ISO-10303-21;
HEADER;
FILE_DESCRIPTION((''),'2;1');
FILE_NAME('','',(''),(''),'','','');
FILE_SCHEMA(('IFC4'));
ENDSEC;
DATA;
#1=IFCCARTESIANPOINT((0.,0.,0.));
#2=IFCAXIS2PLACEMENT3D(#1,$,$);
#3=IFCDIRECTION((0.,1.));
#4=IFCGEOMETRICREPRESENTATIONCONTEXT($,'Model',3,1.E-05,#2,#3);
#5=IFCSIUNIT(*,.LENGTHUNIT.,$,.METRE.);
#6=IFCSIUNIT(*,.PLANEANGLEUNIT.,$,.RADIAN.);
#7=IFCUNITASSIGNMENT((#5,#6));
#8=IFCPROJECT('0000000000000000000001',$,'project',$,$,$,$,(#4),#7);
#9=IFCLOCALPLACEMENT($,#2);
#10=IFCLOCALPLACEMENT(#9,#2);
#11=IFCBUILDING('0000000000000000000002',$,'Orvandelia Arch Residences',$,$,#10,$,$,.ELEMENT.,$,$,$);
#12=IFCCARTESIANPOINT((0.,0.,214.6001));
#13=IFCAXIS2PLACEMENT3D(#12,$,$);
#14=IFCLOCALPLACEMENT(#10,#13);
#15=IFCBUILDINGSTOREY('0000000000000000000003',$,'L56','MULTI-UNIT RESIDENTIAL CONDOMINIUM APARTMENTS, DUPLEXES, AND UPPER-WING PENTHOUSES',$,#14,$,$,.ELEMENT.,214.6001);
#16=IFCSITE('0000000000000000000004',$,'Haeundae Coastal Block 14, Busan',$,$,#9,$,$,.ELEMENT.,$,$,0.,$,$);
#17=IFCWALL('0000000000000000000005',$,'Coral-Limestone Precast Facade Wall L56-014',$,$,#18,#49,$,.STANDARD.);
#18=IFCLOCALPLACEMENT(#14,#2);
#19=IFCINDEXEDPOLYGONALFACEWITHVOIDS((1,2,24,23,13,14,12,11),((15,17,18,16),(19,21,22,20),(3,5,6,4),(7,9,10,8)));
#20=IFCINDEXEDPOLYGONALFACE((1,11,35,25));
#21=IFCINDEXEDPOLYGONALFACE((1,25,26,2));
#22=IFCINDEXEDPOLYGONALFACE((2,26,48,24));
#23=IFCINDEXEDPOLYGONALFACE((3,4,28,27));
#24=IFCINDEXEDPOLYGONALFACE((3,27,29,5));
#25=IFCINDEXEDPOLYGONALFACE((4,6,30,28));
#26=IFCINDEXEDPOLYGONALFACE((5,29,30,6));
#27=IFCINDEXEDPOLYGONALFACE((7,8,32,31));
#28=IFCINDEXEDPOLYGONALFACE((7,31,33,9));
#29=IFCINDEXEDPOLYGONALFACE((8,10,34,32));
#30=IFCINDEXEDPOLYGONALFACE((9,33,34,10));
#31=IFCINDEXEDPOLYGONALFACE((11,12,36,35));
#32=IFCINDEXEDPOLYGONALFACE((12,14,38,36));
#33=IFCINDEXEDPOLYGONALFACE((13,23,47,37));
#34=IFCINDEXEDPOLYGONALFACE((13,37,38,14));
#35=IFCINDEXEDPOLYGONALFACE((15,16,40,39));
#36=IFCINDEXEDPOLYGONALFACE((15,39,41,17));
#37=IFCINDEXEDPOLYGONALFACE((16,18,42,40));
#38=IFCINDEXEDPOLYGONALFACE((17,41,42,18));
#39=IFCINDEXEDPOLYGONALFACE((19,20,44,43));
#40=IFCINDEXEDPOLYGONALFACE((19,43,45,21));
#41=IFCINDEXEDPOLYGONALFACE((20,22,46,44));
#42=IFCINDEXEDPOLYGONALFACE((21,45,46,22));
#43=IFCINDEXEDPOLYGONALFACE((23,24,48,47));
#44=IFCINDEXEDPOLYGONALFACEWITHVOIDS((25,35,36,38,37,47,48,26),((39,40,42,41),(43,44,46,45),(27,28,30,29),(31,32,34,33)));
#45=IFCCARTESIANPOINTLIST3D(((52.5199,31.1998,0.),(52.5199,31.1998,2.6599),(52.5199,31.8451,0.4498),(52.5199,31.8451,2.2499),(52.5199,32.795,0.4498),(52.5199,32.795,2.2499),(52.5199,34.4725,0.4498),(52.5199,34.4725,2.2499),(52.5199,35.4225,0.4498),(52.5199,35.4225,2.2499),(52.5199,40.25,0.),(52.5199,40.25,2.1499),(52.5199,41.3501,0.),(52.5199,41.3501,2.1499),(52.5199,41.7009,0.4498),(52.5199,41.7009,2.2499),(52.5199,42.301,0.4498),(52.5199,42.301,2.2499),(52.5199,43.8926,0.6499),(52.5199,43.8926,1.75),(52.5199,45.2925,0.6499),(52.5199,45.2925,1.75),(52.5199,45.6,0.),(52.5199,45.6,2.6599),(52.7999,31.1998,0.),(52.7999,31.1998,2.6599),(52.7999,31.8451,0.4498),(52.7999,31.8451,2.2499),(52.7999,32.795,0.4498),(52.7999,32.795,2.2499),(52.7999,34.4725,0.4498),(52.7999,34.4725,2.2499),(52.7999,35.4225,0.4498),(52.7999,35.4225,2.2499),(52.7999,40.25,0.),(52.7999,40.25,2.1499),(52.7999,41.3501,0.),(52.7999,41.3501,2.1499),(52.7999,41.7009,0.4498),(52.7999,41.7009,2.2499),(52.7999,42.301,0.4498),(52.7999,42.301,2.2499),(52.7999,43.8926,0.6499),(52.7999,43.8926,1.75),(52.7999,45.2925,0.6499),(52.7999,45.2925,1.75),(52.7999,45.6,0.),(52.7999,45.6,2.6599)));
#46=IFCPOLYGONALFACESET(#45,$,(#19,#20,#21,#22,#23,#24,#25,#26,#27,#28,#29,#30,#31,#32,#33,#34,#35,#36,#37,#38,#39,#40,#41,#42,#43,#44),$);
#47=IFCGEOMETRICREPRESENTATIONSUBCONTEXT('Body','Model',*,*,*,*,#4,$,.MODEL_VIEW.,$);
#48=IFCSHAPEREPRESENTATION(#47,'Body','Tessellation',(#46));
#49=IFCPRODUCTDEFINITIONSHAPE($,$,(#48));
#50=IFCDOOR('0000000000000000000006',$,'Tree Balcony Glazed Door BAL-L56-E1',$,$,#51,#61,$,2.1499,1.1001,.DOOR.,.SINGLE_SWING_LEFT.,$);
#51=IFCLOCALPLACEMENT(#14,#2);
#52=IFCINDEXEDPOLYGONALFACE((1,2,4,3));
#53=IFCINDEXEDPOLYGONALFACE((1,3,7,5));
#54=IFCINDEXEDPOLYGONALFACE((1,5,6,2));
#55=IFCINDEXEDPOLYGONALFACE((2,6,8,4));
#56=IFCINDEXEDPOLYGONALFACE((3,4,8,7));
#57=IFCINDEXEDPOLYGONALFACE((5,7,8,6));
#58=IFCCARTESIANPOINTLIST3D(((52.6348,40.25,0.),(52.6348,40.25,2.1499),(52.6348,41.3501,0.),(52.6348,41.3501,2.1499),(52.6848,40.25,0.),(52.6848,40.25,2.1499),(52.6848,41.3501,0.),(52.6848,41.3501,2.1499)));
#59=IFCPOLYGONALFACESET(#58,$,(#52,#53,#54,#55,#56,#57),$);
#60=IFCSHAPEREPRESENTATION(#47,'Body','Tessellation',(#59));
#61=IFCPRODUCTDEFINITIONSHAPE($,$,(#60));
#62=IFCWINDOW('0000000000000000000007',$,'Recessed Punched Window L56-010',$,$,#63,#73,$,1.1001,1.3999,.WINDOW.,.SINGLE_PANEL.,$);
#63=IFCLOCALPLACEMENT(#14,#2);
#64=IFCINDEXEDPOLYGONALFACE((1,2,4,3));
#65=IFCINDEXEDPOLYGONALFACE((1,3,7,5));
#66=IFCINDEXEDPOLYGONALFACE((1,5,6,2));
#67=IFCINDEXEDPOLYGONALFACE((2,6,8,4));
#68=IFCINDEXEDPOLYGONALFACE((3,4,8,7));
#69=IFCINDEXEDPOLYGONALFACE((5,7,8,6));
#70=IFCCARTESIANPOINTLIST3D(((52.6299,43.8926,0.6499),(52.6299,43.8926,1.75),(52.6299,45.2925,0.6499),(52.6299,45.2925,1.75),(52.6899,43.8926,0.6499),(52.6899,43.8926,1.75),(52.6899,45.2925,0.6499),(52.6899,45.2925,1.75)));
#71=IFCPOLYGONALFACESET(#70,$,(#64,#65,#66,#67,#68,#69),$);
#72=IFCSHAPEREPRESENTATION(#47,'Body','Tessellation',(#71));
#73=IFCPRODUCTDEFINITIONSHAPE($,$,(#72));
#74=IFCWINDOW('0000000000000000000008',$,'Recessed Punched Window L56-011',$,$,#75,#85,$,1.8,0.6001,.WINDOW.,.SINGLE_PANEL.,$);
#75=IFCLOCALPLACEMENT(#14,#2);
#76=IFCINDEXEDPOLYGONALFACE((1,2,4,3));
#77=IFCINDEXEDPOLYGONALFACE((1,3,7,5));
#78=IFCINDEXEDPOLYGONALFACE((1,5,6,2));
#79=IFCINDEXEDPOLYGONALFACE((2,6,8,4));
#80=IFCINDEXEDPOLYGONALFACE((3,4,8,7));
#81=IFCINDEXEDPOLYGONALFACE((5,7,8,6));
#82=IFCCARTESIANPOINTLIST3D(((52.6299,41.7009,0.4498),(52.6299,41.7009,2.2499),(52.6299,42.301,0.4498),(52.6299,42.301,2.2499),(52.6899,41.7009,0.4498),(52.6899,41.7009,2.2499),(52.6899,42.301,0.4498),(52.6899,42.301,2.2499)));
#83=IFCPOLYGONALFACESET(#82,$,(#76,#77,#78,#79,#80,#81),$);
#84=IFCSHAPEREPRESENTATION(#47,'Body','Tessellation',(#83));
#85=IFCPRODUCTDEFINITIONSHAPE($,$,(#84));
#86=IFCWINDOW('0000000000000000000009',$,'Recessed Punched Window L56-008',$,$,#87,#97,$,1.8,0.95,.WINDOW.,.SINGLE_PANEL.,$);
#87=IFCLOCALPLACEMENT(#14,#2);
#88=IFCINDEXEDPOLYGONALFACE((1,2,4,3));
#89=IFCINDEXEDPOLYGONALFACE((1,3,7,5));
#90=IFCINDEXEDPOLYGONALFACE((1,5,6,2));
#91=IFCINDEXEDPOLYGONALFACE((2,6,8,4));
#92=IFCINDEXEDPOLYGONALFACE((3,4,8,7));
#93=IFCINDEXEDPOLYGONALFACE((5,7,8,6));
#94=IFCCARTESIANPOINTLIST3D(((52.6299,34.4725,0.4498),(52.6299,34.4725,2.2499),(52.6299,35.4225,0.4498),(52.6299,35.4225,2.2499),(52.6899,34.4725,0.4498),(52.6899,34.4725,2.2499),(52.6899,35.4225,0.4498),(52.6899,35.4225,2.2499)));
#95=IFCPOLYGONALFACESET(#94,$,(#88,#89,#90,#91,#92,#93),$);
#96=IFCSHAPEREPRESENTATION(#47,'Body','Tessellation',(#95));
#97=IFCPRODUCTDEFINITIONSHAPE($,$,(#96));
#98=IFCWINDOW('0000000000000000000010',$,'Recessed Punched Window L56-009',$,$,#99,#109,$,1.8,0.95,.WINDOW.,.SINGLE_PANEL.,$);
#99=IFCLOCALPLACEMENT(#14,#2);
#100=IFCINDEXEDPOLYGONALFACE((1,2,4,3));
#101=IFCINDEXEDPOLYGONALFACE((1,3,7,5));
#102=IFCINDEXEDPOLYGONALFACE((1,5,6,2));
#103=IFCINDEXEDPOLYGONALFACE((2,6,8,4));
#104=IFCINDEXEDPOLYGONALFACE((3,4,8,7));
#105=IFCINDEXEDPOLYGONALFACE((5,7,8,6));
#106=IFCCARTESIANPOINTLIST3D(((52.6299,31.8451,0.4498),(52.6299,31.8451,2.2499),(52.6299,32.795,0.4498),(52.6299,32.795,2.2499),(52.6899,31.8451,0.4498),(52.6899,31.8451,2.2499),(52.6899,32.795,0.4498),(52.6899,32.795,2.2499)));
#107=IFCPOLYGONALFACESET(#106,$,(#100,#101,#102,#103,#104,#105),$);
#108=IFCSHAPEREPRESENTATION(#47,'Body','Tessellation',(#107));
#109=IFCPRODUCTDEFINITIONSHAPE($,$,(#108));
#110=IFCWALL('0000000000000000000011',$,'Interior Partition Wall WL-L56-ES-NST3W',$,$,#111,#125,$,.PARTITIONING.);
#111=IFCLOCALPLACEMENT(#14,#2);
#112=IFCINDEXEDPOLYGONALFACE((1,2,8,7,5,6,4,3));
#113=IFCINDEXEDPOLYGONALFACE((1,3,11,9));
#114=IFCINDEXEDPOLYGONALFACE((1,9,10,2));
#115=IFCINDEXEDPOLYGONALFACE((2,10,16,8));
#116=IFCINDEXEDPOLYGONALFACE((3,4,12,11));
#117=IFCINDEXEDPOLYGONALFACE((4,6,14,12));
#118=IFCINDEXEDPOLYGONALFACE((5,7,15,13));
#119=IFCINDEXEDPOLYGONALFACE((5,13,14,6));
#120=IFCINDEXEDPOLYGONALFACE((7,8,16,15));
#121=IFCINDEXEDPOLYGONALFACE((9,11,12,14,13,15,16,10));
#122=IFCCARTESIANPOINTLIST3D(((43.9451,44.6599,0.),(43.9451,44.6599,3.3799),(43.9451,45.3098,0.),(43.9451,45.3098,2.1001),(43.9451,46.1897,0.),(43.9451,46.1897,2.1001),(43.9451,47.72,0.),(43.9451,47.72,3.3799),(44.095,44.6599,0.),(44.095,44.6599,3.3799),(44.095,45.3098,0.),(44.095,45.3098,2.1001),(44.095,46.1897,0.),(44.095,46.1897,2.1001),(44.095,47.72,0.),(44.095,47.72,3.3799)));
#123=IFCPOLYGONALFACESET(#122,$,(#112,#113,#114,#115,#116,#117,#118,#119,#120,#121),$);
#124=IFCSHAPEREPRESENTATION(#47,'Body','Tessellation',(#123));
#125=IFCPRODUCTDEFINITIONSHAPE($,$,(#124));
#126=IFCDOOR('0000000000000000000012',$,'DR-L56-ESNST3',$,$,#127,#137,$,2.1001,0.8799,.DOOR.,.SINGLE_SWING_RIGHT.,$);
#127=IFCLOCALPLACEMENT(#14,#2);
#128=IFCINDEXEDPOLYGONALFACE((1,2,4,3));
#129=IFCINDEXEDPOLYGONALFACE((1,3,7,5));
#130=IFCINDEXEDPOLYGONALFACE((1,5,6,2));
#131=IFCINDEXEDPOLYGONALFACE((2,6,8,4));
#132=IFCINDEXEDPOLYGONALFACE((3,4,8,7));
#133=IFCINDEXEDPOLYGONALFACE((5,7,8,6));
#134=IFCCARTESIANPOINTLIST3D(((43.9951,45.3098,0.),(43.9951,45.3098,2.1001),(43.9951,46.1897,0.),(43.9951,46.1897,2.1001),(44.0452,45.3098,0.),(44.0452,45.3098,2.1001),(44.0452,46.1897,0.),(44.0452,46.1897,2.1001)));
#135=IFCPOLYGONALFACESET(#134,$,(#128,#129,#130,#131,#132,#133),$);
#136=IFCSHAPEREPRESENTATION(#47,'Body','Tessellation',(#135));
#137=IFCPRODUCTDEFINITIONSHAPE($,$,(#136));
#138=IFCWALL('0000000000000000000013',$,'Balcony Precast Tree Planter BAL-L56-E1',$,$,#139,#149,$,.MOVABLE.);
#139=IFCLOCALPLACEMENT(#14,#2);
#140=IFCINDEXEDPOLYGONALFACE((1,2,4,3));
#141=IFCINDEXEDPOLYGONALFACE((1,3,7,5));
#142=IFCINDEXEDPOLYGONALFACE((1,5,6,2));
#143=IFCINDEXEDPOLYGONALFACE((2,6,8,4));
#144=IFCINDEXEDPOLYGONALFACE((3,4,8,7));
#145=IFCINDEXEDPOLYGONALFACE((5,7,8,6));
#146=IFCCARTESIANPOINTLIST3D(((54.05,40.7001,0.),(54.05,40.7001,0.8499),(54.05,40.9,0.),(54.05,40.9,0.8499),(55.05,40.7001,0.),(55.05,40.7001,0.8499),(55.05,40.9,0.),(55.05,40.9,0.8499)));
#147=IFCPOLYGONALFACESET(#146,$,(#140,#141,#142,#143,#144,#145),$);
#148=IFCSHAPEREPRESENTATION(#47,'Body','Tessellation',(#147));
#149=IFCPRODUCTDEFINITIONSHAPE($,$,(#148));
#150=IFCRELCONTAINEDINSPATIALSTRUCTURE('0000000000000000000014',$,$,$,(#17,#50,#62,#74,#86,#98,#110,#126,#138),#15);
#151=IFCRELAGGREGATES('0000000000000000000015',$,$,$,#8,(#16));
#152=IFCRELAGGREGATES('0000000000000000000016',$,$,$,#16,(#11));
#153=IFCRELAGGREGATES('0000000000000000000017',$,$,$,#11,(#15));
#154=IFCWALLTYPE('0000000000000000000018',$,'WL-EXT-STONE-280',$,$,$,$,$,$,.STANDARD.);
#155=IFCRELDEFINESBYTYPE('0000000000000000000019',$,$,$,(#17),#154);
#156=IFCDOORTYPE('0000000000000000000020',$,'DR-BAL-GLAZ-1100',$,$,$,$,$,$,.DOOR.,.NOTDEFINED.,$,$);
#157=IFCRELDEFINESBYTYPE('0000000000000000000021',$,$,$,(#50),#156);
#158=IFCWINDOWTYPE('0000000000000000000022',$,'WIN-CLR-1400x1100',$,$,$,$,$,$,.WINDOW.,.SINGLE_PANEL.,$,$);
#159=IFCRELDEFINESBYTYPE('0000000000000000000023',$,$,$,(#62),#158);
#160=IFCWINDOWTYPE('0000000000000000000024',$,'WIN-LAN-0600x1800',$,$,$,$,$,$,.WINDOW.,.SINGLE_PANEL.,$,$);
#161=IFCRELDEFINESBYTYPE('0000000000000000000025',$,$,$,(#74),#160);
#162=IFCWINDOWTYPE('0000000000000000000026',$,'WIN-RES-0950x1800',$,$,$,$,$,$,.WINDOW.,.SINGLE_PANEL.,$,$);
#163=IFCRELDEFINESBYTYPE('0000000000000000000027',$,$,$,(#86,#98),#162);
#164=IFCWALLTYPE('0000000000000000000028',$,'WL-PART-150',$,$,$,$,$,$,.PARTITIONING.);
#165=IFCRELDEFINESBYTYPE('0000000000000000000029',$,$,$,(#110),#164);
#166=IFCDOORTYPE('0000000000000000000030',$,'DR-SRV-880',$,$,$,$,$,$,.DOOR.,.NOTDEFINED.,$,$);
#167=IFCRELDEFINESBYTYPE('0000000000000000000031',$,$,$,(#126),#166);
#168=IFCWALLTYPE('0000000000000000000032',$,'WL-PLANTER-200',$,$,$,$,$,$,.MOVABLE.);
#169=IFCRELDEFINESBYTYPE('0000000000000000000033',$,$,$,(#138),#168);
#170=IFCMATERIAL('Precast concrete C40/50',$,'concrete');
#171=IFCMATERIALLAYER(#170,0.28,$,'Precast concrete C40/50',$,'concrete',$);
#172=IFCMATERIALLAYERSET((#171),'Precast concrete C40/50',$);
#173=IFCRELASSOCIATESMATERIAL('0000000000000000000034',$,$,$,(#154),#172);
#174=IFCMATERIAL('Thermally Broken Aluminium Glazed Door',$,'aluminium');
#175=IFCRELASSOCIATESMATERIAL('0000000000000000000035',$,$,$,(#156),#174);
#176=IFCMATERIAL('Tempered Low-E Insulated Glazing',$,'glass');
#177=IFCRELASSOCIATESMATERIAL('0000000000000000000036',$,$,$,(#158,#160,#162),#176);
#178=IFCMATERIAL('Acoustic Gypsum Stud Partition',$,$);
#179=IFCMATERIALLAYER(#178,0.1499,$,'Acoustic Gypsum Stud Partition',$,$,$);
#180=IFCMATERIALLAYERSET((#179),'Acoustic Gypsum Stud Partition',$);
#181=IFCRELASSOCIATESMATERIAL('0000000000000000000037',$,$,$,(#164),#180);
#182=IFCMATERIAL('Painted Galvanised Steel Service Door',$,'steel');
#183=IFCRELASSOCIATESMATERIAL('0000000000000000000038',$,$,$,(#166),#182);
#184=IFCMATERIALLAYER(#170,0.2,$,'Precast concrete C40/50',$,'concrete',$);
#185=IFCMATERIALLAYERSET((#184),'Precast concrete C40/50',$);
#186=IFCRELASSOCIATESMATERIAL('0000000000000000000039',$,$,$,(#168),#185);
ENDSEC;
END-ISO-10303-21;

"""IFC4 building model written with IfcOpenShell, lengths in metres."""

from ifc_helpers import new_model, si_unit, direction, frame, frame_2d, origin, place, context, subcontext, project, spatial, rectangle, extrude, material, layer, layer_set, type_object, element, fill, save


model = new_model("IFC4")

# Units and contexts
model_context = context("Model", 3, precision=1e-05, world=origin(), true_north=direction((0.0, 1.0)))
body_context = subcontext(model_context, "Body", "Model", "MODEL_VIEW")
ifc_project = project(units=[si_unit("LENGTHUNIT", "METRE"), si_unit("PLANEANGLEUNIT", "RADIAN")], contexts=[model_context])

# Site, building, storey
site_placement = place(None, origin())
site = spatial("IfcSite", under=ifc_project, at=site_placement, Name="Haeundae Coastal Block 14, Busan", CompositionType="ELEMENT", RefElevation=0.0)
building_placement = place(site_placement, origin())
building = spatial("IfcBuilding", under=site, at=building_placement, Name="Orvandelia Arch Residences", CompositionType="ELEMENT")
storey_placement = place(building_placement, frame((0.0, 0.0, 214.6001)))
storey = spatial("IfcBuildingStorey", under=building, at=storey_placement, Name="L56", Description="MULTI-UNIT RESIDENTIAL CONDOMINIUM APARTMENTS, DUPLEXES, AND UPPER-WING PENTHOUSES", CompositionType="ELEMENT", Elevation=214.6001)

# Shared definitions
ifc_material_1 = material(Name="Precast concrete C40/50", Category="concrete")
ifc_layer_1 = layer(ifc_material_1, 0.28, Name="Precast concrete C40/50", Category="concrete")
ifc_layer_set_1 = layer_set([ifc_layer_1], Name="Precast concrete C40/50")
wall_type_1 = type_object("IfcWallType", Name="WL-EXT-STONE-280", PredefinedType="STANDARD", material=ifc_layer_set_1)

# Wall, openings, door, windows
wall_1_placement = place(storey_placement, frame((52.6599, 45.6001, 0.0), z_axis=(0.0, 0.0, 1.0), x_axis=(0.0, -1.0, 0.0)))
wall_1 = element("IfcWall", 1, at=wall_1_placement, inside=storey, type_object=wall_type_1, Name="Coral-Limestone Precast Facade Wall L56-014", PredefinedType="STANDARD", context=body_context, shape_type="SweptSolid", body=[
    extrude(rectangle(XDim=14.4001, YDim=0.28, at=frame_2d((7.2002, 0.0))), origin(), (0.0, 0.0, 1.0), 2.6599),
])
opening_1_placement = place(wall_1_placement, frame((4.25, 0.0, 0.0)))
opening_1 = element("IfcOpeningElement", 2, at=opening_1_placement, cuts=wall_1, PredefinedType="OPENING", context=body_context, shape_type="SweptSolid", body=[
    extrude(rectangle(XDim=1.1001, YDim=2.1499, at=frame_2d((0.55, 1.075))), frame((0.0, 0.1499, 0.0), z_axis=(0.0, -1.0, 0.0), x_axis=(1.0, 0.0, 0.0)), (0.0, 0.0, 1.0), 0.3),
])
opening_2_placement = place(wall_1_placement, frame((10.1775, 0.0, 0.45)))
opening_2 = element("IfcOpeningElement", 3, at=opening_2_placement, cuts=wall_1, PredefinedType="OPENING", context=body_context, shape_type="SweptSolid", body=[
    extrude(rectangle(XDim=0.95, YDim=1.8, at=frame_2d((0.4751, 0.8999))), frame((0.0, 0.1499, 0.0), z_axis=(0.0, -1.0, 0.0), x_axis=(1.0, 0.0, 0.0)), (0.0, 0.0, 1.0), 0.3),
])
opening_3_placement = place(wall_1_placement, frame((12.8049, 0.0, 0.45)))
opening_3 = element("IfcOpeningElement", 4, at=opening_3_placement, cuts=wall_1, PredefinedType="OPENING", context=body_context, shape_type="SweptSolid", body=[
    extrude(rectangle(XDim=0.95, YDim=1.8, at=frame_2d((0.4751, 0.8999))), frame((0.0, 0.1499, 0.0), z_axis=(0.0, -1.0, 0.0), x_axis=(1.0, 0.0, 0.0)), (0.0, 0.0, 1.0), 0.3),
])
opening_4_placement = place(wall_1_placement, frame((0.3076, 0.0, 0.6499)))
opening_4 = element("IfcOpeningElement", 5, at=opening_4_placement, cuts=wall_1, PredefinedType="OPENING", context=body_context, shape_type="SweptSolid", body=[
    extrude(rectangle(XDim=1.3999, YDim=1.1001, at=frame_2d((0.7, 0.55))), frame((0.0, 0.1499, 0.0), z_axis=(0.0, -1.0, 0.0), x_axis=(1.0, 0.0, 0.0)), (0.0, 0.0, 1.0), 0.3),
])
opening_5_placement = place(wall_1_placement, frame((3.2991, 0.0, 0.45)))
opening_5 = element("IfcOpeningElement", 6, at=opening_5_placement, cuts=wall_1, PredefinedType="OPENING", context=body_context, shape_type="SweptSolid", body=[
    extrude(rectangle(XDim=0.6001, YDim=1.8, at=frame_2d((0.3, 0.8999))), frame((0.0, 0.1499, 0.0), z_axis=(0.0, -1.0, 0.0), x_axis=(1.0, 0.0, 0.0)), (0.0, 0.0, 1.0), 0.3),
])
ifc_material_2 = material(Name="Thermally Broken Aluminium Glazed Door", Category="aluminium")
door_type_1 = type_object("IfcDoorType", Name="DR-BAL-GLAZ-1100", OperationType="NOTDEFINED", PredefinedType="DOOR", material=ifc_material_2)
door_1_placement = place(opening_1_placement, origin())
door_1 = element("IfcDoor", 7, at=door_1_placement, inside=storey, type_object=door_type_1, Name="Tree Balcony Glazed Door BAL-L56-E1", OperationType="SINGLE_SWING_LEFT", OverallHeight=2.1499, OverallWidth=1.1001, PredefinedType="DOOR", context=body_context, shape_type="SweptSolid", body=[
    extrude(rectangle(XDim=1.1001, YDim=2.1499, at=frame_2d((0.55, 1.075))), frame((0.0, 0.0249, 0.0), z_axis=(0.0, -1.0, 0.0), x_axis=(1.0, 0.0, 0.0)), (0.0, 0.0, 1.0), 0.05),
])
fill(opening_1, door_1)
ifc_material_3 = material(Name="Tempered Low-E Insulated Glazing", Category="glass")
window_type_1 = type_object("IfcWindowType", Name="WIN-CLR-1400x1100", PartitioningType="SINGLE_PANEL", PredefinedType="WINDOW", material=ifc_material_3)
window_1_placement = place(opening_4_placement, origin())
window_1 = element("IfcWindow", 8, at=window_1_placement, inside=storey, type_object=window_type_1, Name="Recessed Punched Window L56-010", OverallHeight=1.1001, OverallWidth=1.3999, PartitioningType="SINGLE_PANEL", PredefinedType="WINDOW", context=body_context, shape_type="SweptSolid", body=[
    extrude(rectangle(XDim=1.3999, YDim=1.1001, at=frame_2d((0.7, 0.55))), frame((0.0, 0.03, 0.0), z_axis=(0.0, -1.0, 0.0), x_axis=(1.0, 0.0, 0.0)), (0.0, 0.0, 1.0), 0.0601),
])
fill(opening_4, window_1)
window_type_2 = type_object("IfcWindowType", Name="WIN-LAN-0600x1800", PartitioningType="SINGLE_PANEL", PredefinedType="WINDOW", material=ifc_material_3)
window_2_placement = place(opening_5_placement, origin())
window_2 = element("IfcWindow", 9, at=window_2_placement, inside=storey, type_object=window_type_2, Name="Recessed Punched Window L56-011", OverallHeight=1.8, OverallWidth=0.6001, PartitioningType="SINGLE_PANEL", PredefinedType="WINDOW", context=body_context, shape_type="SweptSolid", body=[
    extrude(rectangle(XDim=0.6001, YDim=1.8, at=frame_2d((0.3, 0.8999))), frame((0.0, 0.03, 0.0), z_axis=(0.0, -1.0, 0.0), x_axis=(1.0, 0.0, 0.0)), (0.0, 0.0, 1.0), 0.0601),
])
fill(opening_5, window_2)
window_type_3 = type_object("IfcWindowType", Name="WIN-RES-0950x1800", PartitioningType="SINGLE_PANEL", PredefinedType="WINDOW", material=ifc_material_3)
window_3_placement = place(opening_2_placement, origin())
window_3 = element("IfcWindow", 10, at=window_3_placement, inside=storey, type_object=window_type_3, Name="Recessed Punched Window L56-008", OverallHeight=1.8, OverallWidth=0.95, PartitioningType="SINGLE_PANEL", PredefinedType="WINDOW", context=body_context, shape_type="SweptSolid", body=[
    extrude(rectangle(XDim=0.95, YDim=1.8, at=frame_2d((0.4751, 0.8999))), frame((0.0, 0.03, 0.0), z_axis=(0.0, -1.0, 0.0), x_axis=(1.0, 0.0, 0.0)), (0.0, 0.0, 1.0), 0.0601),
])
fill(opening_2, window_3)
window_4_placement = place(opening_3_placement, origin())
window_4 = element("IfcWindow", 11, at=window_4_placement, inside=storey, type_object=window_type_3, Name="Recessed Punched Window L56-009", OverallHeight=1.8, OverallWidth=0.95, PartitioningType="SINGLE_PANEL", PredefinedType="WINDOW", context=body_context, shape_type="SweptSolid", body=[
    extrude(rectangle(XDim=0.95, YDim=1.8, at=frame_2d((0.4751, 0.8999))), frame((0.0, 0.03, 0.0), z_axis=(0.0, -1.0, 0.0), x_axis=(1.0, 0.0, 0.0)), (0.0, 0.0, 1.0), 0.0601),
])
fill(opening_3, window_4)

# Wall, opening, door
ifc_material_4 = material(Name="Acoustic Gypsum Stud Partition")
ifc_layer_2 = layer(ifc_material_4, 0.1499, Name="Acoustic Gypsum Stud Partition")
ifc_layer_set_2 = layer_set([ifc_layer_2], Name="Acoustic Gypsum Stud Partition")
wall_type_2 = type_object("IfcWallType", Name="WL-PART-150", PredefinedType="PARTITIONING", material=ifc_layer_set_2)
wall_2_placement = place(storey_placement, frame((44.02, 44.6599, 0.0), z_axis=(0.0, 0.0, 1.0), x_axis=(0.0, 1.0, 0.0)))
wall_2 = element("IfcWall", 12, at=wall_2_placement, inside=storey, type_object=wall_type_2, Name="Interior Partition Wall WL-L56-ES-NST3W", PredefinedType="PARTITIONING", context=body_context, shape_type="SweptSolid", body=[
    extrude(rectangle(XDim=3.0601, YDim=0.1499, at=frame_2d((1.53, 0.0))), origin(), (0.0, 0.0, 1.0), 3.3799),
])
opening_6_placement = place(wall_2_placement, frame((0.6499, 0.0, 0.0)))
opening_6 = element("IfcOpeningElement", 13, at=opening_6_placement, cuts=wall_2, PredefinedType="OPENING", context=body_context, shape_type="SweptSolid", body=[
    extrude(rectangle(XDim=0.8799, YDim=2.1001, at=frame_2d((0.4399, 1.05))), frame((0.0, 0.085, 0.0), z_axis=(0.0, -1.0, 0.0), x_axis=(1.0, 0.0, 0.0)), (0.0, 0.0, 1.0), 0.1699),
])
ifc_material_5 = material(Name="Painted Galvanised Steel Service Door", Category="steel")
door_type_2 = type_object("IfcDoorType", Name="DR-SRV-880", OperationType="NOTDEFINED", PredefinedType="DOOR", material=ifc_material_5)
door_2_placement = place(opening_6_placement, origin())
door_2 = element("IfcDoor", 14, at=door_2_placement, inside=storey, type_object=door_type_2, Name="DR-L56-ESNST3", OperationType="SINGLE_SWING_RIGHT", OverallHeight=2.1001, OverallWidth=0.8799, PredefinedType="DOOR", context=body_context, shape_type="SweptSolid", body=[
    extrude(rectangle(XDim=0.8799, YDim=2.1001, at=frame_2d((0.4399, 1.05))), frame((0.0, 0.0249, 0.0), z_axis=(0.0, -1.0, 0.0), x_axis=(1.0, 0.0, 0.0)), (0.0, 0.0, 1.0), 0.05),
])
fill(opening_6, door_2)

# Wall
ifc_layer_3 = layer(ifc_material_1, 0.2, Name="Precast concrete C40/50", Category="concrete")
ifc_layer_set_3 = layer_set([ifc_layer_3], Name="Precast concrete C40/50")
wall_type_3 = type_object("IfcWallType", Name="WL-PLANTER-200", PredefinedType="MOVABLE", material=ifc_layer_set_3)
wall_3_placement = place(storey_placement, frame((54.05, 40.8, 0.0), z_axis=(0.0, 0.0, 1.0), x_axis=(1.0, 0.0, 0.0)))
element("IfcWall", 15, at=wall_3_placement, inside=storey, type_object=wall_type_3, Name="Balcony Precast Tree Planter BAL-L56-E1", PredefinedType="MOVABLE", context=body_context, shape_type="SweptSolid", body=[
    extrude(rectangle(XDim=1.0, YDim=0.2, at=frame_2d((0.5, 0.0))), origin(), (0.0, 0.0, 1.0), 0.8499),
])

save(model, "model.ifc")
